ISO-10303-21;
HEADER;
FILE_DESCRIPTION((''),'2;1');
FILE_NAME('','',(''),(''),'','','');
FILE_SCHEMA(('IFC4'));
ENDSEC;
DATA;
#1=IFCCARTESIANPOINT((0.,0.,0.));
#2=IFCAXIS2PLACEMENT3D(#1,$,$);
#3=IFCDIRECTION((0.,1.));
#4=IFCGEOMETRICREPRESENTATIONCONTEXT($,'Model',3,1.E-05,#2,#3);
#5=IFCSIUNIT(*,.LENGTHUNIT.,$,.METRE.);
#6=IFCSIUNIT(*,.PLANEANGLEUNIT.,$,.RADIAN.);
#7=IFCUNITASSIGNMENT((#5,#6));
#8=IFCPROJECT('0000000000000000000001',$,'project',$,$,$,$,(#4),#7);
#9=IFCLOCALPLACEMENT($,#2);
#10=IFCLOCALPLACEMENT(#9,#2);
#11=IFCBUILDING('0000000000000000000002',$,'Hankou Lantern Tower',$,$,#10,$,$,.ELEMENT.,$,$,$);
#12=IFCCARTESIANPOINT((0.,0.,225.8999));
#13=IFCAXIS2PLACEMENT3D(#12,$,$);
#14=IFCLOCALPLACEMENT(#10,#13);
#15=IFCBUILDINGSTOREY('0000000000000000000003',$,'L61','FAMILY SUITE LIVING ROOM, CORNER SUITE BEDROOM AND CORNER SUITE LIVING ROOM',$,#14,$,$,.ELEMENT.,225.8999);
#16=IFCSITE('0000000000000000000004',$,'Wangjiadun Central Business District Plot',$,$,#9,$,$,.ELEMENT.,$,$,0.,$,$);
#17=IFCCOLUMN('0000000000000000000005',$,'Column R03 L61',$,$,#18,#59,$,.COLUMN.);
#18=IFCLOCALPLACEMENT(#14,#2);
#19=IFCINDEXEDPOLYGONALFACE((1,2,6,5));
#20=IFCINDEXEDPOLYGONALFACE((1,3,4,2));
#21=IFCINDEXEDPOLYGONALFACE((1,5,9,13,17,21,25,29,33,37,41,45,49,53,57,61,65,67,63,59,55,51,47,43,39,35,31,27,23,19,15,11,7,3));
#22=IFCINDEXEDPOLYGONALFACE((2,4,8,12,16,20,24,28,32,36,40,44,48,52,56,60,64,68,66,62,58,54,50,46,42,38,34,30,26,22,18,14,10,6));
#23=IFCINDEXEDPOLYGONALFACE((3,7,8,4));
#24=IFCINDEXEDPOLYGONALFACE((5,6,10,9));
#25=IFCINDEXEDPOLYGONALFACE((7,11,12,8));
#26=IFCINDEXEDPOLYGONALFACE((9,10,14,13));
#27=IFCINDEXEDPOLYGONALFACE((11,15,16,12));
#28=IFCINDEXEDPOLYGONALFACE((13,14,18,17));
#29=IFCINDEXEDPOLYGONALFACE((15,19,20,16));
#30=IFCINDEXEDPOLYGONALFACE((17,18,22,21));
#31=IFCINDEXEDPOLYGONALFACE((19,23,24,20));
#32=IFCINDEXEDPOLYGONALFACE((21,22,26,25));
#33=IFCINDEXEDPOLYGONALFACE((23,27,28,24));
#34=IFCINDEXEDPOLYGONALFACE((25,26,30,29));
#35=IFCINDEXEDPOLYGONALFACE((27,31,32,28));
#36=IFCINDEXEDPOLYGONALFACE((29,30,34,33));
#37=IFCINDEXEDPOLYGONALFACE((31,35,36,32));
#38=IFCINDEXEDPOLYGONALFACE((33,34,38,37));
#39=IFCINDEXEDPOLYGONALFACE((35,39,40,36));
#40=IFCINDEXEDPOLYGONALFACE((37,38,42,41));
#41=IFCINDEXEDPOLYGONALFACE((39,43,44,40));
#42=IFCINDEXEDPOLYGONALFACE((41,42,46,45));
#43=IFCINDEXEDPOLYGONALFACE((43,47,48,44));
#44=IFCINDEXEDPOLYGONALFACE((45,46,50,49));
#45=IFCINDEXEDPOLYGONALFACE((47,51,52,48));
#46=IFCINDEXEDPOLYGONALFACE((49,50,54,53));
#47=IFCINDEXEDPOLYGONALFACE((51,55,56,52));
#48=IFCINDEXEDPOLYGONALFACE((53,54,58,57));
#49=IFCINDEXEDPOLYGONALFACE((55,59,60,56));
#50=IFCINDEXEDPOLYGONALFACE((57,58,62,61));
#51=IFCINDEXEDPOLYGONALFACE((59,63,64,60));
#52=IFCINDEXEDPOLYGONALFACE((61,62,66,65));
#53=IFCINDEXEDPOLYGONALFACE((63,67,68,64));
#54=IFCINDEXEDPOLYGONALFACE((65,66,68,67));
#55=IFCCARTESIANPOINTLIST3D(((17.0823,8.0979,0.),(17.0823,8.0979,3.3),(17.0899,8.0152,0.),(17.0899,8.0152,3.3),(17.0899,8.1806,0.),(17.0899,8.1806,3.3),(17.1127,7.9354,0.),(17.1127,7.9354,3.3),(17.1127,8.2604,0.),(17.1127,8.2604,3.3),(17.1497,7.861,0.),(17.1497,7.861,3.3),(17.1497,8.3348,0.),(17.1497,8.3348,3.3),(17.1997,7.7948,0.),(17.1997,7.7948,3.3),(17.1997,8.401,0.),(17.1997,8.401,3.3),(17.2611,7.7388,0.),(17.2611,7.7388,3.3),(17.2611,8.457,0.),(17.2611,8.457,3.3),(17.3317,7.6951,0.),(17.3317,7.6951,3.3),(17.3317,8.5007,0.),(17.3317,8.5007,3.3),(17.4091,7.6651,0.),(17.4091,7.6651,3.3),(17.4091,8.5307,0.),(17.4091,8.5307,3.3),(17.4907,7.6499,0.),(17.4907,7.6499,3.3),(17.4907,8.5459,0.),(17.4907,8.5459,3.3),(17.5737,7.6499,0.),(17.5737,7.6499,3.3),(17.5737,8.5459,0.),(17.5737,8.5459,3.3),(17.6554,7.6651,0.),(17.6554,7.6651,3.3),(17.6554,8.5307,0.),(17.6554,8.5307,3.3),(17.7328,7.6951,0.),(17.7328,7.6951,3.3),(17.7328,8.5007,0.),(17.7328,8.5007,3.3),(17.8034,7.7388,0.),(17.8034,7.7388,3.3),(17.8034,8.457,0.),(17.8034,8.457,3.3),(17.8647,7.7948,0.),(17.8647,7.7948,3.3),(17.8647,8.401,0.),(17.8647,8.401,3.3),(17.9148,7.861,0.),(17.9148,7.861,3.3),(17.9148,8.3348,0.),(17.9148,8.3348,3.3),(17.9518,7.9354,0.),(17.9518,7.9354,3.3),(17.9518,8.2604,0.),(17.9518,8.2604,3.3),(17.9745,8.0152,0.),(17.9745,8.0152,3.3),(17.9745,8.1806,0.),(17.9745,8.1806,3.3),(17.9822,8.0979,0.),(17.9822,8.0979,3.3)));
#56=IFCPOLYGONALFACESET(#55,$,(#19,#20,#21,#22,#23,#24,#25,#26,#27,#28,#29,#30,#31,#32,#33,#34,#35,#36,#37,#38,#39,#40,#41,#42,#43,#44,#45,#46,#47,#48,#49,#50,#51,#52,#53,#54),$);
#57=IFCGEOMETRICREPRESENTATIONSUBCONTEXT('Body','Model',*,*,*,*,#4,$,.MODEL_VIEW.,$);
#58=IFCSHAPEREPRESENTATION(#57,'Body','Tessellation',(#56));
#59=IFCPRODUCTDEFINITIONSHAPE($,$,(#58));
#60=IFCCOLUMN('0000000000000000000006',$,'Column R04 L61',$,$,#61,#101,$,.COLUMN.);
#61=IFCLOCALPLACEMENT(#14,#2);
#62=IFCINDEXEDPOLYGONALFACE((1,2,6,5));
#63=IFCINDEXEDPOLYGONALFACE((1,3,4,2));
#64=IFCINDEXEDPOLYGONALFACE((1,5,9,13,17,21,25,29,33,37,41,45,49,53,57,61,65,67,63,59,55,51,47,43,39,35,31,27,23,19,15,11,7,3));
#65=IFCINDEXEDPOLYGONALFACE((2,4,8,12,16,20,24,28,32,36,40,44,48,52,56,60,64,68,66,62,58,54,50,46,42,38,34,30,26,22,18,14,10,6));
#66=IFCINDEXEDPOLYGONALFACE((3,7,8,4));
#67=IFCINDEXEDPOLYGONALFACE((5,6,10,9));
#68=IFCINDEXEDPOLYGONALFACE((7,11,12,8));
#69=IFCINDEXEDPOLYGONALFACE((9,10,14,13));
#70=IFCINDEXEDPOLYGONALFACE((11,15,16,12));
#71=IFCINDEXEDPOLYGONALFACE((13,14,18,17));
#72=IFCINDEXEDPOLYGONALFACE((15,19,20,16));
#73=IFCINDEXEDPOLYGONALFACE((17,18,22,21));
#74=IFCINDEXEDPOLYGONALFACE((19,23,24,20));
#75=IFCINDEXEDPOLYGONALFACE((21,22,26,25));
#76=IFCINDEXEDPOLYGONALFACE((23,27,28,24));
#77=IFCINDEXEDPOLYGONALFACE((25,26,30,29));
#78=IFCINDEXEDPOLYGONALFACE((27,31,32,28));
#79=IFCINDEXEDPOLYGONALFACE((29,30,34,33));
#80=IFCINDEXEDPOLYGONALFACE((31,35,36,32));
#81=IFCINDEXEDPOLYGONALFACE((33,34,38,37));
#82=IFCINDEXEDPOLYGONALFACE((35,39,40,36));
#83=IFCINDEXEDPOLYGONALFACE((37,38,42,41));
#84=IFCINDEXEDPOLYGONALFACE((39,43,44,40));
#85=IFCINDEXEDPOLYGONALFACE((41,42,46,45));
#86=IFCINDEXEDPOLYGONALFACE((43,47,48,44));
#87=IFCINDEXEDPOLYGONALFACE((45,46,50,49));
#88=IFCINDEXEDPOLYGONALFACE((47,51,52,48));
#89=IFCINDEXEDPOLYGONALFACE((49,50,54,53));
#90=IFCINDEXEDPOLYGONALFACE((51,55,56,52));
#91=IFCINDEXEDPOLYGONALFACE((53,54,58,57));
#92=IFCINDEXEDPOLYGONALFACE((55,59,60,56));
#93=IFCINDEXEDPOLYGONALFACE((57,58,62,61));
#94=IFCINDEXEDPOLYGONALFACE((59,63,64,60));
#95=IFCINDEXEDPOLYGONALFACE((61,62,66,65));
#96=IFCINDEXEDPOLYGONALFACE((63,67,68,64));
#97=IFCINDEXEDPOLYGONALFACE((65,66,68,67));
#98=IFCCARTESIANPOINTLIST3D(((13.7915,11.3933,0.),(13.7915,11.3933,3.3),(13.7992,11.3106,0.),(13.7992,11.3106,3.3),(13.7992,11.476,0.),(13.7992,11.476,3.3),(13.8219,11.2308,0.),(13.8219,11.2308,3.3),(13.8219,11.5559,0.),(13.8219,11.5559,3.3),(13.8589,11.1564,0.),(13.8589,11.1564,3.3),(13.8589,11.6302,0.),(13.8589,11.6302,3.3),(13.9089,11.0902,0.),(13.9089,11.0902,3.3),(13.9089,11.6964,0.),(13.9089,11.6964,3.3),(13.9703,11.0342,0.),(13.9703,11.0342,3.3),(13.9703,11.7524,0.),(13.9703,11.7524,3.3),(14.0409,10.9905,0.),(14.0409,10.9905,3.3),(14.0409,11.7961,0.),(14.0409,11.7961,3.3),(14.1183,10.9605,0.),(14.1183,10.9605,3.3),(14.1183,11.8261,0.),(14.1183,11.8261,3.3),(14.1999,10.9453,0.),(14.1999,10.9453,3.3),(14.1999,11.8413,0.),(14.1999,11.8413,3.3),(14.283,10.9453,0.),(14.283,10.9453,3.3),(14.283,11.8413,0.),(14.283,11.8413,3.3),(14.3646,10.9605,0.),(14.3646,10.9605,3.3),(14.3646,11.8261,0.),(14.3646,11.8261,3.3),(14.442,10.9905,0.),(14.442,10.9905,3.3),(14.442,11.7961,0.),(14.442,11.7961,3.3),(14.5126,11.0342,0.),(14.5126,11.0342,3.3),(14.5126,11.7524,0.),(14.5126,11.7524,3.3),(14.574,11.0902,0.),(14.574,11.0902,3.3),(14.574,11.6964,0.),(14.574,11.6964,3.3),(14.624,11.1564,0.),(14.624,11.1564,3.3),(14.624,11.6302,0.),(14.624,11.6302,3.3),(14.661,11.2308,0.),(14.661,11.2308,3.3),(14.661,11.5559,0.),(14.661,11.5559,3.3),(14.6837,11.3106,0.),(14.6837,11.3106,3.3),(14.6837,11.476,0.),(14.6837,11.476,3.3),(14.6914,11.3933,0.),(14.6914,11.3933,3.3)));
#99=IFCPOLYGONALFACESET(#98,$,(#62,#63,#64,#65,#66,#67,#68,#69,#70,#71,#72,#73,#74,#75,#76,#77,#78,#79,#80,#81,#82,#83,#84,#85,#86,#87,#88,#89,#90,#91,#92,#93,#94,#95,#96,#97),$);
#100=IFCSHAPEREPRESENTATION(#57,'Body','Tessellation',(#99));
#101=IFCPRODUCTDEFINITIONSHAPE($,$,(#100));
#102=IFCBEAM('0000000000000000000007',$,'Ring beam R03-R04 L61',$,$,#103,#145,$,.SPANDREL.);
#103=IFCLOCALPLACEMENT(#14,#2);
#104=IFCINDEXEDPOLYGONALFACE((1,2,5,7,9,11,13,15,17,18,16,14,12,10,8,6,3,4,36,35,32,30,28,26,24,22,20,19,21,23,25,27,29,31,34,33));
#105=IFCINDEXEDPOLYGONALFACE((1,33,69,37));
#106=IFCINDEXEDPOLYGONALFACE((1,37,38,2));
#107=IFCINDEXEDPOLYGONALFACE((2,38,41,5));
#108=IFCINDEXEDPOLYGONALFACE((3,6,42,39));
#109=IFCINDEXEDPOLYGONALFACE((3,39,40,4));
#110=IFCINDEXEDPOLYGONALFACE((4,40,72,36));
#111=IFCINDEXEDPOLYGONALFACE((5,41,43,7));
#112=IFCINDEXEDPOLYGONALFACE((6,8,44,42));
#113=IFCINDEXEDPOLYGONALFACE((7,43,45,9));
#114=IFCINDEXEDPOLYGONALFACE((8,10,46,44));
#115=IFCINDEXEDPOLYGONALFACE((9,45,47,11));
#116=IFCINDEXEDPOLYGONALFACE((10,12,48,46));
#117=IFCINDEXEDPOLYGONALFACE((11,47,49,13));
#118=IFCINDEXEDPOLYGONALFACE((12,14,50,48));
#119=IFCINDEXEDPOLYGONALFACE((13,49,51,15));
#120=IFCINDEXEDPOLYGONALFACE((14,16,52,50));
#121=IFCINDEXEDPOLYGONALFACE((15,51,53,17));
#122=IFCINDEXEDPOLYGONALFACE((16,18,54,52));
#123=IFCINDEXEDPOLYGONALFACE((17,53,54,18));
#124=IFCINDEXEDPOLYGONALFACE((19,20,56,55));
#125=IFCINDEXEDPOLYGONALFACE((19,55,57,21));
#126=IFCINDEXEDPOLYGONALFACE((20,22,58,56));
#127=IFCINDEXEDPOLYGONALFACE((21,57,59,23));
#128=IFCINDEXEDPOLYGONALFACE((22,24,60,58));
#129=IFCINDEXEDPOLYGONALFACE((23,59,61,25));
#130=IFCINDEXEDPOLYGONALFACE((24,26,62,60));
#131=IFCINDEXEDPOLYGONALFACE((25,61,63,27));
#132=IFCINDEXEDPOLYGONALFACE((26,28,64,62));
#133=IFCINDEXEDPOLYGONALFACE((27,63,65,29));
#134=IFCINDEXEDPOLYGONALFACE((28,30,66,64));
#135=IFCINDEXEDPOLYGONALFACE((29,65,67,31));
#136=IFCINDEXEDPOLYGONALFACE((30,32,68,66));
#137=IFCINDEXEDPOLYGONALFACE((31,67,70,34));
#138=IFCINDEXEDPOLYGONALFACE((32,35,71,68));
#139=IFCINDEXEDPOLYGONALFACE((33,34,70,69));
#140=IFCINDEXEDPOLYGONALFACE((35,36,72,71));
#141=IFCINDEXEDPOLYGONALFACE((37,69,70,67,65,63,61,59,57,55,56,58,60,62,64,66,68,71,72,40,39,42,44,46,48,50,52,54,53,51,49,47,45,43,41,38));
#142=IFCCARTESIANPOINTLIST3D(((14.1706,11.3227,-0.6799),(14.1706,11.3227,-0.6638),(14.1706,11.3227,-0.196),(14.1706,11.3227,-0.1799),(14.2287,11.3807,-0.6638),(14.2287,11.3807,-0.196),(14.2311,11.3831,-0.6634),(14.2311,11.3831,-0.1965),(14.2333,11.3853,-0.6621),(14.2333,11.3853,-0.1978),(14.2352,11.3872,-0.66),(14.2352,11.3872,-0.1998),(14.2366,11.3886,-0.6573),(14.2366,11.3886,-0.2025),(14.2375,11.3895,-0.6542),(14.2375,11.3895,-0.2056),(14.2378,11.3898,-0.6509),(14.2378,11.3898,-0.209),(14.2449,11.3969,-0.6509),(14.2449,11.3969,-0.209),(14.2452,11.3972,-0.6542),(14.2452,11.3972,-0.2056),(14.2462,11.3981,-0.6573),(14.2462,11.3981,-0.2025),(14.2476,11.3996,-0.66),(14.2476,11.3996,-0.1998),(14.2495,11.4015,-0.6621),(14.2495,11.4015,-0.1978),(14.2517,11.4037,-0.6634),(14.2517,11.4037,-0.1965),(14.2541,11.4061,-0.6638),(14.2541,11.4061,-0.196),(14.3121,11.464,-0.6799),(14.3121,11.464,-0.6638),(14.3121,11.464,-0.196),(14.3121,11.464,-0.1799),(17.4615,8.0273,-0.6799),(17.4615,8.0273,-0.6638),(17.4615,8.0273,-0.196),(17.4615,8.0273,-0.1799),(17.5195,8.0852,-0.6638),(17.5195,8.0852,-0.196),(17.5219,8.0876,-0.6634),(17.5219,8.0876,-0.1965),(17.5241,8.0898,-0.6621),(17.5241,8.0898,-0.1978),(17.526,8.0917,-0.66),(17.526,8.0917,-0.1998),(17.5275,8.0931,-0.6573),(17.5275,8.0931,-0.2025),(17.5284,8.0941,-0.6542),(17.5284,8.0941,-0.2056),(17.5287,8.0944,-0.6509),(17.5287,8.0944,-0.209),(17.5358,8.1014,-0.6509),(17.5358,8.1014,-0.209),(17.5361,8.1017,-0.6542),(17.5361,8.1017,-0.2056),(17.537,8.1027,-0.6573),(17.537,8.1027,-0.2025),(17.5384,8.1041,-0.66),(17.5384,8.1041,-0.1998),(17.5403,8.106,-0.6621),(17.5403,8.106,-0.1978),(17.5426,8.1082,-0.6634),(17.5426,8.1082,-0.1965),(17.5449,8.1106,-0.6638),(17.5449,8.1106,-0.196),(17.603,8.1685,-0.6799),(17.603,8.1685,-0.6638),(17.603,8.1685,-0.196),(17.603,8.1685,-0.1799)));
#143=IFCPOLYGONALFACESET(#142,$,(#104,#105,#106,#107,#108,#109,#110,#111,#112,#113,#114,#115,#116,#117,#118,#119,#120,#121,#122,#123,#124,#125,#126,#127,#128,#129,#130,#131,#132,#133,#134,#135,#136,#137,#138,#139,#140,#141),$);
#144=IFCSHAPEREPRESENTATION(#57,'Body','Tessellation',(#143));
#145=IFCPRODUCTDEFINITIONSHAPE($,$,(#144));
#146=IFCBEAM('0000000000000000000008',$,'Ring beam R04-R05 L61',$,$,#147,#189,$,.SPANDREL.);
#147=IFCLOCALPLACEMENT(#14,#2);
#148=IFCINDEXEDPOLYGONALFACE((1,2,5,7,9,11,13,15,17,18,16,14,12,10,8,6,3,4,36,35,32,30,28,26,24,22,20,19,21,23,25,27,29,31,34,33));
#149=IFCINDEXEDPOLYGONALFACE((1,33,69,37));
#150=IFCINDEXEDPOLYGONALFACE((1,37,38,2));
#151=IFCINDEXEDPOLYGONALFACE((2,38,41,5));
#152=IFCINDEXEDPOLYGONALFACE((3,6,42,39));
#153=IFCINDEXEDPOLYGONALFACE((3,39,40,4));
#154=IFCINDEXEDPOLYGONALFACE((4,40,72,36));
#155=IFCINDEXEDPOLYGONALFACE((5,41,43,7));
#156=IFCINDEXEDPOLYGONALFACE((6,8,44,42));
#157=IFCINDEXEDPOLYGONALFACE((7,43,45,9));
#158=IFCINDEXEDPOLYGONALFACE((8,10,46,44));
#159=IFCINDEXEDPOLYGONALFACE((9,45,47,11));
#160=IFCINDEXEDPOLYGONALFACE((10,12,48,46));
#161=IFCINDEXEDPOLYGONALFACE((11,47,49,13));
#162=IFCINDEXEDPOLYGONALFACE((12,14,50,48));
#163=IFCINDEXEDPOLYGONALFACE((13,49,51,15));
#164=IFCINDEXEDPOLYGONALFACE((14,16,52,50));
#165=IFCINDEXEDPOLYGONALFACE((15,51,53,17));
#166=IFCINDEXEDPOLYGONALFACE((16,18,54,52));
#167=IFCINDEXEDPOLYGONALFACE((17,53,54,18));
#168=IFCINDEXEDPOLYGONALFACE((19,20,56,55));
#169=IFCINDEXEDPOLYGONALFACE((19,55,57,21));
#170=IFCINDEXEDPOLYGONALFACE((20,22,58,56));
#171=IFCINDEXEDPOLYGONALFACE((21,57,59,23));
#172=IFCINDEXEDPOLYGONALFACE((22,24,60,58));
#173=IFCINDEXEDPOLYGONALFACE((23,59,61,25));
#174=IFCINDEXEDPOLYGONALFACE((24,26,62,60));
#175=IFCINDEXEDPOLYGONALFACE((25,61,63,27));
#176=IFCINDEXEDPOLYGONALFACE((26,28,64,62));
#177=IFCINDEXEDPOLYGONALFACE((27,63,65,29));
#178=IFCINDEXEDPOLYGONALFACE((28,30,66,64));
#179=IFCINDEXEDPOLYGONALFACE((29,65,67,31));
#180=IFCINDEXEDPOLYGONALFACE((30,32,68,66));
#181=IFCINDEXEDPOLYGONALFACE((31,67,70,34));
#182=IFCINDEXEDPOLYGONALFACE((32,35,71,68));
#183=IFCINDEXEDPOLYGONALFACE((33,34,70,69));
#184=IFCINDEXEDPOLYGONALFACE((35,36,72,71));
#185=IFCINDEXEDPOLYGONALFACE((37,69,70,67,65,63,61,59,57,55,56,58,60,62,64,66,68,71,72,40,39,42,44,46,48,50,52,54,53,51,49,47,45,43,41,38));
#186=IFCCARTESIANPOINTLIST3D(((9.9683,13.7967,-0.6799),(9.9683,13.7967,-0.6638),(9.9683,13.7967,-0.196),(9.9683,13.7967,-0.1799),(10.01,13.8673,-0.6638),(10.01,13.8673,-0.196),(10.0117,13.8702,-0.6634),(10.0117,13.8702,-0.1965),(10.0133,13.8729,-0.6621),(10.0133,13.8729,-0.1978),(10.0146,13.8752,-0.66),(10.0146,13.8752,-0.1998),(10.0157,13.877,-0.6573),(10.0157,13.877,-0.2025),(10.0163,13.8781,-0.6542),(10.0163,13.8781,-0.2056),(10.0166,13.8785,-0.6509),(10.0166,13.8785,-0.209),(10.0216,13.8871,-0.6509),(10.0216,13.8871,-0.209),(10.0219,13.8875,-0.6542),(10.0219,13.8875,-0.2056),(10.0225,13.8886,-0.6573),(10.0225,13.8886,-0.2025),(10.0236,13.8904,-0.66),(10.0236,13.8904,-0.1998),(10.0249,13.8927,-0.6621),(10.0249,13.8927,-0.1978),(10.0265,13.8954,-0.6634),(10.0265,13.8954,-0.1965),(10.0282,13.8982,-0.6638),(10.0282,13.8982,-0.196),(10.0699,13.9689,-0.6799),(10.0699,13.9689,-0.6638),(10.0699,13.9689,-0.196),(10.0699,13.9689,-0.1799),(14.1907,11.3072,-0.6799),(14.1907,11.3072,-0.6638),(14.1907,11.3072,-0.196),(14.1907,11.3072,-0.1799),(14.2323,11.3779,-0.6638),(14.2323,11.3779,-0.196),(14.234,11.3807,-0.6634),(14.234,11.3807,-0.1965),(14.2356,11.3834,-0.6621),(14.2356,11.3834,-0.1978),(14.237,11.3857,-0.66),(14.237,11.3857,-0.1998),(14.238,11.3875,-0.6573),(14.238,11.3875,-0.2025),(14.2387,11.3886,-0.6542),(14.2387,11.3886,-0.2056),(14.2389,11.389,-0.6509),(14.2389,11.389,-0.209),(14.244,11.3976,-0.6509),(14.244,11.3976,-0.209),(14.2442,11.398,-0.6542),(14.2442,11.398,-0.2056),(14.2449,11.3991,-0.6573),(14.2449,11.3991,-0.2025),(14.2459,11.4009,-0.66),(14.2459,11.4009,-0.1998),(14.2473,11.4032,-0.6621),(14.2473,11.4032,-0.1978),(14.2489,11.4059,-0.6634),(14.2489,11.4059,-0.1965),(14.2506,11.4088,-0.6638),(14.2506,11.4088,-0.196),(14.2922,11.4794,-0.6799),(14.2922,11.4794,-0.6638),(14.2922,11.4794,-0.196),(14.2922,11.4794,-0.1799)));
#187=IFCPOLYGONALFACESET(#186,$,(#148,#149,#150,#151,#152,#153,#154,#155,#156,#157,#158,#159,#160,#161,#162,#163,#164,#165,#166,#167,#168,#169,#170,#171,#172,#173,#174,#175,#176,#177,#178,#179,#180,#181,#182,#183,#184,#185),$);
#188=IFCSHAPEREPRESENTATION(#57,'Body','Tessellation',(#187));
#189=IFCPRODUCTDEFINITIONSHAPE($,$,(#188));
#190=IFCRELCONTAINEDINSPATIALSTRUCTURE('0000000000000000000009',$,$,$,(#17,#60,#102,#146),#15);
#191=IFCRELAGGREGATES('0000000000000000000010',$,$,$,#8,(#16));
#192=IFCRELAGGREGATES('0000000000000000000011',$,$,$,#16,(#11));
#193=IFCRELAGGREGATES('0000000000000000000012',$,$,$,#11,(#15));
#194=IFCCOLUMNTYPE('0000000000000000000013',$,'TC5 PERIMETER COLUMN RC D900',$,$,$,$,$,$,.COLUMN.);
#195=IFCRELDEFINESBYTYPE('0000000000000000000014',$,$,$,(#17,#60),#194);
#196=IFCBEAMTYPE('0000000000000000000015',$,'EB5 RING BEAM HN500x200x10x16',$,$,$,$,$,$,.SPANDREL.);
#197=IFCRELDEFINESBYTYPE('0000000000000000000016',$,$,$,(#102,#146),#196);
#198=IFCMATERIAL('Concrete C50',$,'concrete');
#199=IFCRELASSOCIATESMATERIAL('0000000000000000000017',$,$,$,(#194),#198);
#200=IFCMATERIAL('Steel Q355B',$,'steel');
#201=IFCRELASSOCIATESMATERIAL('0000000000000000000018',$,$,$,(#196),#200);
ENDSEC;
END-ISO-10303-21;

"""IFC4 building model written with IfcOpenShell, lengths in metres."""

from ifc_helpers import new_model, si_unit, direction, frame, origin, origin_2d, place, context, subcontext, project, spatial, circle, i_section, extrude, material, material_profile, profile_set, type_object, element, save


model = new_model("IFC4")

# Units and contexts
model_context = context("Model", 3, precision=1e-05, world=origin(), true_north=direction((0.0, 1.0)))
body_context = subcontext(model_context, "Body", "Model", "MODEL_VIEW")
ifc_project = project(units=[si_unit("LENGTHUNIT", "METRE"), si_unit("PLANEANGLEUNIT", "RADIAN")], contexts=[model_context])

# Site, building, storey
site_placement = place(None, origin())
site = spatial("IfcSite", under=ifc_project, at=site_placement, Name="Wangjiadun Central Business District Plot", CompositionType="ELEMENT", RefElevation=0.0)
building_placement = place(site_placement, origin())
building = spatial("IfcBuilding", under=site, at=building_placement, Name="Hankou Lantern Tower", CompositionType="ELEMENT")
storey_placement = place(building_placement, frame((0.0, 0.0, 225.8999)))
storey = spatial("IfcBuildingStorey", under=building, at=storey_placement, Name="L61", Description="FAMILY SUITE LIVING ROOM, CORNER SUITE BEDROOM AND CORNER SUITE LIVING ROOM", CompositionType="ELEMENT", Elevation=225.8999)

# Columns
ifc_material_1 = material(Name="Concrete C50", Category="concrete")
ifc_material_profile_1 = material_profile(ifc_material_1, circle(Radius=0.45, at=origin_2d()), Name="RC D900")
ifc_profile_set_1 = profile_set([ifc_material_profile_1], Name="Concrete C50")
column_type = type_object("IfcColumnType", Name="TC5 PERIMETER COLUMN RC D900", PredefinedType="COLUMN", material=ifc_profile_set_1)
for number, where, z_axis, x_axis, name in (
    (1, (17.5322, 8.0979, 0.0), (0.0, 0.0, 1.0), (1.0, 0.0, 0.0), "Column R03 L61"),
    (2, (14.2415, 11.3933, 0.0), (0.0, 0.0, 1.0), (1.0, 0.0, 0.0), "Column R04 L61"),
):
    element("IfcColumn", number, at=place(storey_placement, frame(where, z_axis=z_axis, x_axis=x_axis)), inside=storey, type_object=column_type, Name=name, PredefinedType="COLUMN", context=body_context, shape_type="SweptSolid", body=[
        extrude(circle(Radius=0.45, at=origin_2d()), origin(), (0.0, 0.0, 1.0), 3.3),
    ])

# Beams
ifc_material_2 = material(Name="Steel Q355B", Category="steel")
ifc_material_profile_2 = material_profile(ifc_material_2, i_section(OverallWidth=0.2, OverallDepth=0.5, WebThickness=0.01, FlangeThickness=0.0161, FilletRadius=0.0129, at=origin_2d()), Name="HN500x200x10x16")
ifc_profile_set_2 = profile_set([ifc_material_profile_2], Name="Steel Q355B")
beam_type_1 = type_object("IfcBeamType", Name="EB5 RING BEAM HN500x200x10x16", PredefinedType="SPANDREL", material=ifc_profile_set_2)
beam_1_placement = place(storey_placement, frame((17.5322, 8.0979, -0.4299), z_axis=(-0.706609, 0.707605, 0.0), x_axis=(-0.707605, -0.706609, 0.0)))
element("IfcBeam", 3, at=beam_1_placement, inside=storey, type_object=beam_type_1, Name="Ring beam R03-R04 L61", PredefinedType="SPANDREL", context=body_context, shape_type="SweptSolid", body=[
    extrude(i_section(OverallWidth=0.2, OverallDepth=0.5, WebThickness=0.01, FlangeThickness=0.0161, FilletRadius=0.0129, at=origin_2d()), origin(), (0.0, 0.0, 1.0), 4.6572),
])
beam_2_placement = place(storey_placement, frame((14.2415, 11.3933, -0.4299), z_axis=(-0.861423, 0.507888, 0.0), x_axis=(-0.507888, -0.861423, 0.0)))
element("IfcBeam", 4, at=beam_2_placement, inside=storey, type_object=beam_type_1, Name="Ring beam R04-R05 L61", PredefinedType="SPANDREL", context=body_context, shape_type="SweptSolid", body=[
    extrude(i_section(OverallWidth=0.2, OverallDepth=0.5, WebThickness=0.01, FlangeThickness=0.0161, FilletRadius=0.0129, at=origin_2d()), origin(), (0.0, 0.0, 1.0), 4.9016),
])

save(model, "model.ifc")
